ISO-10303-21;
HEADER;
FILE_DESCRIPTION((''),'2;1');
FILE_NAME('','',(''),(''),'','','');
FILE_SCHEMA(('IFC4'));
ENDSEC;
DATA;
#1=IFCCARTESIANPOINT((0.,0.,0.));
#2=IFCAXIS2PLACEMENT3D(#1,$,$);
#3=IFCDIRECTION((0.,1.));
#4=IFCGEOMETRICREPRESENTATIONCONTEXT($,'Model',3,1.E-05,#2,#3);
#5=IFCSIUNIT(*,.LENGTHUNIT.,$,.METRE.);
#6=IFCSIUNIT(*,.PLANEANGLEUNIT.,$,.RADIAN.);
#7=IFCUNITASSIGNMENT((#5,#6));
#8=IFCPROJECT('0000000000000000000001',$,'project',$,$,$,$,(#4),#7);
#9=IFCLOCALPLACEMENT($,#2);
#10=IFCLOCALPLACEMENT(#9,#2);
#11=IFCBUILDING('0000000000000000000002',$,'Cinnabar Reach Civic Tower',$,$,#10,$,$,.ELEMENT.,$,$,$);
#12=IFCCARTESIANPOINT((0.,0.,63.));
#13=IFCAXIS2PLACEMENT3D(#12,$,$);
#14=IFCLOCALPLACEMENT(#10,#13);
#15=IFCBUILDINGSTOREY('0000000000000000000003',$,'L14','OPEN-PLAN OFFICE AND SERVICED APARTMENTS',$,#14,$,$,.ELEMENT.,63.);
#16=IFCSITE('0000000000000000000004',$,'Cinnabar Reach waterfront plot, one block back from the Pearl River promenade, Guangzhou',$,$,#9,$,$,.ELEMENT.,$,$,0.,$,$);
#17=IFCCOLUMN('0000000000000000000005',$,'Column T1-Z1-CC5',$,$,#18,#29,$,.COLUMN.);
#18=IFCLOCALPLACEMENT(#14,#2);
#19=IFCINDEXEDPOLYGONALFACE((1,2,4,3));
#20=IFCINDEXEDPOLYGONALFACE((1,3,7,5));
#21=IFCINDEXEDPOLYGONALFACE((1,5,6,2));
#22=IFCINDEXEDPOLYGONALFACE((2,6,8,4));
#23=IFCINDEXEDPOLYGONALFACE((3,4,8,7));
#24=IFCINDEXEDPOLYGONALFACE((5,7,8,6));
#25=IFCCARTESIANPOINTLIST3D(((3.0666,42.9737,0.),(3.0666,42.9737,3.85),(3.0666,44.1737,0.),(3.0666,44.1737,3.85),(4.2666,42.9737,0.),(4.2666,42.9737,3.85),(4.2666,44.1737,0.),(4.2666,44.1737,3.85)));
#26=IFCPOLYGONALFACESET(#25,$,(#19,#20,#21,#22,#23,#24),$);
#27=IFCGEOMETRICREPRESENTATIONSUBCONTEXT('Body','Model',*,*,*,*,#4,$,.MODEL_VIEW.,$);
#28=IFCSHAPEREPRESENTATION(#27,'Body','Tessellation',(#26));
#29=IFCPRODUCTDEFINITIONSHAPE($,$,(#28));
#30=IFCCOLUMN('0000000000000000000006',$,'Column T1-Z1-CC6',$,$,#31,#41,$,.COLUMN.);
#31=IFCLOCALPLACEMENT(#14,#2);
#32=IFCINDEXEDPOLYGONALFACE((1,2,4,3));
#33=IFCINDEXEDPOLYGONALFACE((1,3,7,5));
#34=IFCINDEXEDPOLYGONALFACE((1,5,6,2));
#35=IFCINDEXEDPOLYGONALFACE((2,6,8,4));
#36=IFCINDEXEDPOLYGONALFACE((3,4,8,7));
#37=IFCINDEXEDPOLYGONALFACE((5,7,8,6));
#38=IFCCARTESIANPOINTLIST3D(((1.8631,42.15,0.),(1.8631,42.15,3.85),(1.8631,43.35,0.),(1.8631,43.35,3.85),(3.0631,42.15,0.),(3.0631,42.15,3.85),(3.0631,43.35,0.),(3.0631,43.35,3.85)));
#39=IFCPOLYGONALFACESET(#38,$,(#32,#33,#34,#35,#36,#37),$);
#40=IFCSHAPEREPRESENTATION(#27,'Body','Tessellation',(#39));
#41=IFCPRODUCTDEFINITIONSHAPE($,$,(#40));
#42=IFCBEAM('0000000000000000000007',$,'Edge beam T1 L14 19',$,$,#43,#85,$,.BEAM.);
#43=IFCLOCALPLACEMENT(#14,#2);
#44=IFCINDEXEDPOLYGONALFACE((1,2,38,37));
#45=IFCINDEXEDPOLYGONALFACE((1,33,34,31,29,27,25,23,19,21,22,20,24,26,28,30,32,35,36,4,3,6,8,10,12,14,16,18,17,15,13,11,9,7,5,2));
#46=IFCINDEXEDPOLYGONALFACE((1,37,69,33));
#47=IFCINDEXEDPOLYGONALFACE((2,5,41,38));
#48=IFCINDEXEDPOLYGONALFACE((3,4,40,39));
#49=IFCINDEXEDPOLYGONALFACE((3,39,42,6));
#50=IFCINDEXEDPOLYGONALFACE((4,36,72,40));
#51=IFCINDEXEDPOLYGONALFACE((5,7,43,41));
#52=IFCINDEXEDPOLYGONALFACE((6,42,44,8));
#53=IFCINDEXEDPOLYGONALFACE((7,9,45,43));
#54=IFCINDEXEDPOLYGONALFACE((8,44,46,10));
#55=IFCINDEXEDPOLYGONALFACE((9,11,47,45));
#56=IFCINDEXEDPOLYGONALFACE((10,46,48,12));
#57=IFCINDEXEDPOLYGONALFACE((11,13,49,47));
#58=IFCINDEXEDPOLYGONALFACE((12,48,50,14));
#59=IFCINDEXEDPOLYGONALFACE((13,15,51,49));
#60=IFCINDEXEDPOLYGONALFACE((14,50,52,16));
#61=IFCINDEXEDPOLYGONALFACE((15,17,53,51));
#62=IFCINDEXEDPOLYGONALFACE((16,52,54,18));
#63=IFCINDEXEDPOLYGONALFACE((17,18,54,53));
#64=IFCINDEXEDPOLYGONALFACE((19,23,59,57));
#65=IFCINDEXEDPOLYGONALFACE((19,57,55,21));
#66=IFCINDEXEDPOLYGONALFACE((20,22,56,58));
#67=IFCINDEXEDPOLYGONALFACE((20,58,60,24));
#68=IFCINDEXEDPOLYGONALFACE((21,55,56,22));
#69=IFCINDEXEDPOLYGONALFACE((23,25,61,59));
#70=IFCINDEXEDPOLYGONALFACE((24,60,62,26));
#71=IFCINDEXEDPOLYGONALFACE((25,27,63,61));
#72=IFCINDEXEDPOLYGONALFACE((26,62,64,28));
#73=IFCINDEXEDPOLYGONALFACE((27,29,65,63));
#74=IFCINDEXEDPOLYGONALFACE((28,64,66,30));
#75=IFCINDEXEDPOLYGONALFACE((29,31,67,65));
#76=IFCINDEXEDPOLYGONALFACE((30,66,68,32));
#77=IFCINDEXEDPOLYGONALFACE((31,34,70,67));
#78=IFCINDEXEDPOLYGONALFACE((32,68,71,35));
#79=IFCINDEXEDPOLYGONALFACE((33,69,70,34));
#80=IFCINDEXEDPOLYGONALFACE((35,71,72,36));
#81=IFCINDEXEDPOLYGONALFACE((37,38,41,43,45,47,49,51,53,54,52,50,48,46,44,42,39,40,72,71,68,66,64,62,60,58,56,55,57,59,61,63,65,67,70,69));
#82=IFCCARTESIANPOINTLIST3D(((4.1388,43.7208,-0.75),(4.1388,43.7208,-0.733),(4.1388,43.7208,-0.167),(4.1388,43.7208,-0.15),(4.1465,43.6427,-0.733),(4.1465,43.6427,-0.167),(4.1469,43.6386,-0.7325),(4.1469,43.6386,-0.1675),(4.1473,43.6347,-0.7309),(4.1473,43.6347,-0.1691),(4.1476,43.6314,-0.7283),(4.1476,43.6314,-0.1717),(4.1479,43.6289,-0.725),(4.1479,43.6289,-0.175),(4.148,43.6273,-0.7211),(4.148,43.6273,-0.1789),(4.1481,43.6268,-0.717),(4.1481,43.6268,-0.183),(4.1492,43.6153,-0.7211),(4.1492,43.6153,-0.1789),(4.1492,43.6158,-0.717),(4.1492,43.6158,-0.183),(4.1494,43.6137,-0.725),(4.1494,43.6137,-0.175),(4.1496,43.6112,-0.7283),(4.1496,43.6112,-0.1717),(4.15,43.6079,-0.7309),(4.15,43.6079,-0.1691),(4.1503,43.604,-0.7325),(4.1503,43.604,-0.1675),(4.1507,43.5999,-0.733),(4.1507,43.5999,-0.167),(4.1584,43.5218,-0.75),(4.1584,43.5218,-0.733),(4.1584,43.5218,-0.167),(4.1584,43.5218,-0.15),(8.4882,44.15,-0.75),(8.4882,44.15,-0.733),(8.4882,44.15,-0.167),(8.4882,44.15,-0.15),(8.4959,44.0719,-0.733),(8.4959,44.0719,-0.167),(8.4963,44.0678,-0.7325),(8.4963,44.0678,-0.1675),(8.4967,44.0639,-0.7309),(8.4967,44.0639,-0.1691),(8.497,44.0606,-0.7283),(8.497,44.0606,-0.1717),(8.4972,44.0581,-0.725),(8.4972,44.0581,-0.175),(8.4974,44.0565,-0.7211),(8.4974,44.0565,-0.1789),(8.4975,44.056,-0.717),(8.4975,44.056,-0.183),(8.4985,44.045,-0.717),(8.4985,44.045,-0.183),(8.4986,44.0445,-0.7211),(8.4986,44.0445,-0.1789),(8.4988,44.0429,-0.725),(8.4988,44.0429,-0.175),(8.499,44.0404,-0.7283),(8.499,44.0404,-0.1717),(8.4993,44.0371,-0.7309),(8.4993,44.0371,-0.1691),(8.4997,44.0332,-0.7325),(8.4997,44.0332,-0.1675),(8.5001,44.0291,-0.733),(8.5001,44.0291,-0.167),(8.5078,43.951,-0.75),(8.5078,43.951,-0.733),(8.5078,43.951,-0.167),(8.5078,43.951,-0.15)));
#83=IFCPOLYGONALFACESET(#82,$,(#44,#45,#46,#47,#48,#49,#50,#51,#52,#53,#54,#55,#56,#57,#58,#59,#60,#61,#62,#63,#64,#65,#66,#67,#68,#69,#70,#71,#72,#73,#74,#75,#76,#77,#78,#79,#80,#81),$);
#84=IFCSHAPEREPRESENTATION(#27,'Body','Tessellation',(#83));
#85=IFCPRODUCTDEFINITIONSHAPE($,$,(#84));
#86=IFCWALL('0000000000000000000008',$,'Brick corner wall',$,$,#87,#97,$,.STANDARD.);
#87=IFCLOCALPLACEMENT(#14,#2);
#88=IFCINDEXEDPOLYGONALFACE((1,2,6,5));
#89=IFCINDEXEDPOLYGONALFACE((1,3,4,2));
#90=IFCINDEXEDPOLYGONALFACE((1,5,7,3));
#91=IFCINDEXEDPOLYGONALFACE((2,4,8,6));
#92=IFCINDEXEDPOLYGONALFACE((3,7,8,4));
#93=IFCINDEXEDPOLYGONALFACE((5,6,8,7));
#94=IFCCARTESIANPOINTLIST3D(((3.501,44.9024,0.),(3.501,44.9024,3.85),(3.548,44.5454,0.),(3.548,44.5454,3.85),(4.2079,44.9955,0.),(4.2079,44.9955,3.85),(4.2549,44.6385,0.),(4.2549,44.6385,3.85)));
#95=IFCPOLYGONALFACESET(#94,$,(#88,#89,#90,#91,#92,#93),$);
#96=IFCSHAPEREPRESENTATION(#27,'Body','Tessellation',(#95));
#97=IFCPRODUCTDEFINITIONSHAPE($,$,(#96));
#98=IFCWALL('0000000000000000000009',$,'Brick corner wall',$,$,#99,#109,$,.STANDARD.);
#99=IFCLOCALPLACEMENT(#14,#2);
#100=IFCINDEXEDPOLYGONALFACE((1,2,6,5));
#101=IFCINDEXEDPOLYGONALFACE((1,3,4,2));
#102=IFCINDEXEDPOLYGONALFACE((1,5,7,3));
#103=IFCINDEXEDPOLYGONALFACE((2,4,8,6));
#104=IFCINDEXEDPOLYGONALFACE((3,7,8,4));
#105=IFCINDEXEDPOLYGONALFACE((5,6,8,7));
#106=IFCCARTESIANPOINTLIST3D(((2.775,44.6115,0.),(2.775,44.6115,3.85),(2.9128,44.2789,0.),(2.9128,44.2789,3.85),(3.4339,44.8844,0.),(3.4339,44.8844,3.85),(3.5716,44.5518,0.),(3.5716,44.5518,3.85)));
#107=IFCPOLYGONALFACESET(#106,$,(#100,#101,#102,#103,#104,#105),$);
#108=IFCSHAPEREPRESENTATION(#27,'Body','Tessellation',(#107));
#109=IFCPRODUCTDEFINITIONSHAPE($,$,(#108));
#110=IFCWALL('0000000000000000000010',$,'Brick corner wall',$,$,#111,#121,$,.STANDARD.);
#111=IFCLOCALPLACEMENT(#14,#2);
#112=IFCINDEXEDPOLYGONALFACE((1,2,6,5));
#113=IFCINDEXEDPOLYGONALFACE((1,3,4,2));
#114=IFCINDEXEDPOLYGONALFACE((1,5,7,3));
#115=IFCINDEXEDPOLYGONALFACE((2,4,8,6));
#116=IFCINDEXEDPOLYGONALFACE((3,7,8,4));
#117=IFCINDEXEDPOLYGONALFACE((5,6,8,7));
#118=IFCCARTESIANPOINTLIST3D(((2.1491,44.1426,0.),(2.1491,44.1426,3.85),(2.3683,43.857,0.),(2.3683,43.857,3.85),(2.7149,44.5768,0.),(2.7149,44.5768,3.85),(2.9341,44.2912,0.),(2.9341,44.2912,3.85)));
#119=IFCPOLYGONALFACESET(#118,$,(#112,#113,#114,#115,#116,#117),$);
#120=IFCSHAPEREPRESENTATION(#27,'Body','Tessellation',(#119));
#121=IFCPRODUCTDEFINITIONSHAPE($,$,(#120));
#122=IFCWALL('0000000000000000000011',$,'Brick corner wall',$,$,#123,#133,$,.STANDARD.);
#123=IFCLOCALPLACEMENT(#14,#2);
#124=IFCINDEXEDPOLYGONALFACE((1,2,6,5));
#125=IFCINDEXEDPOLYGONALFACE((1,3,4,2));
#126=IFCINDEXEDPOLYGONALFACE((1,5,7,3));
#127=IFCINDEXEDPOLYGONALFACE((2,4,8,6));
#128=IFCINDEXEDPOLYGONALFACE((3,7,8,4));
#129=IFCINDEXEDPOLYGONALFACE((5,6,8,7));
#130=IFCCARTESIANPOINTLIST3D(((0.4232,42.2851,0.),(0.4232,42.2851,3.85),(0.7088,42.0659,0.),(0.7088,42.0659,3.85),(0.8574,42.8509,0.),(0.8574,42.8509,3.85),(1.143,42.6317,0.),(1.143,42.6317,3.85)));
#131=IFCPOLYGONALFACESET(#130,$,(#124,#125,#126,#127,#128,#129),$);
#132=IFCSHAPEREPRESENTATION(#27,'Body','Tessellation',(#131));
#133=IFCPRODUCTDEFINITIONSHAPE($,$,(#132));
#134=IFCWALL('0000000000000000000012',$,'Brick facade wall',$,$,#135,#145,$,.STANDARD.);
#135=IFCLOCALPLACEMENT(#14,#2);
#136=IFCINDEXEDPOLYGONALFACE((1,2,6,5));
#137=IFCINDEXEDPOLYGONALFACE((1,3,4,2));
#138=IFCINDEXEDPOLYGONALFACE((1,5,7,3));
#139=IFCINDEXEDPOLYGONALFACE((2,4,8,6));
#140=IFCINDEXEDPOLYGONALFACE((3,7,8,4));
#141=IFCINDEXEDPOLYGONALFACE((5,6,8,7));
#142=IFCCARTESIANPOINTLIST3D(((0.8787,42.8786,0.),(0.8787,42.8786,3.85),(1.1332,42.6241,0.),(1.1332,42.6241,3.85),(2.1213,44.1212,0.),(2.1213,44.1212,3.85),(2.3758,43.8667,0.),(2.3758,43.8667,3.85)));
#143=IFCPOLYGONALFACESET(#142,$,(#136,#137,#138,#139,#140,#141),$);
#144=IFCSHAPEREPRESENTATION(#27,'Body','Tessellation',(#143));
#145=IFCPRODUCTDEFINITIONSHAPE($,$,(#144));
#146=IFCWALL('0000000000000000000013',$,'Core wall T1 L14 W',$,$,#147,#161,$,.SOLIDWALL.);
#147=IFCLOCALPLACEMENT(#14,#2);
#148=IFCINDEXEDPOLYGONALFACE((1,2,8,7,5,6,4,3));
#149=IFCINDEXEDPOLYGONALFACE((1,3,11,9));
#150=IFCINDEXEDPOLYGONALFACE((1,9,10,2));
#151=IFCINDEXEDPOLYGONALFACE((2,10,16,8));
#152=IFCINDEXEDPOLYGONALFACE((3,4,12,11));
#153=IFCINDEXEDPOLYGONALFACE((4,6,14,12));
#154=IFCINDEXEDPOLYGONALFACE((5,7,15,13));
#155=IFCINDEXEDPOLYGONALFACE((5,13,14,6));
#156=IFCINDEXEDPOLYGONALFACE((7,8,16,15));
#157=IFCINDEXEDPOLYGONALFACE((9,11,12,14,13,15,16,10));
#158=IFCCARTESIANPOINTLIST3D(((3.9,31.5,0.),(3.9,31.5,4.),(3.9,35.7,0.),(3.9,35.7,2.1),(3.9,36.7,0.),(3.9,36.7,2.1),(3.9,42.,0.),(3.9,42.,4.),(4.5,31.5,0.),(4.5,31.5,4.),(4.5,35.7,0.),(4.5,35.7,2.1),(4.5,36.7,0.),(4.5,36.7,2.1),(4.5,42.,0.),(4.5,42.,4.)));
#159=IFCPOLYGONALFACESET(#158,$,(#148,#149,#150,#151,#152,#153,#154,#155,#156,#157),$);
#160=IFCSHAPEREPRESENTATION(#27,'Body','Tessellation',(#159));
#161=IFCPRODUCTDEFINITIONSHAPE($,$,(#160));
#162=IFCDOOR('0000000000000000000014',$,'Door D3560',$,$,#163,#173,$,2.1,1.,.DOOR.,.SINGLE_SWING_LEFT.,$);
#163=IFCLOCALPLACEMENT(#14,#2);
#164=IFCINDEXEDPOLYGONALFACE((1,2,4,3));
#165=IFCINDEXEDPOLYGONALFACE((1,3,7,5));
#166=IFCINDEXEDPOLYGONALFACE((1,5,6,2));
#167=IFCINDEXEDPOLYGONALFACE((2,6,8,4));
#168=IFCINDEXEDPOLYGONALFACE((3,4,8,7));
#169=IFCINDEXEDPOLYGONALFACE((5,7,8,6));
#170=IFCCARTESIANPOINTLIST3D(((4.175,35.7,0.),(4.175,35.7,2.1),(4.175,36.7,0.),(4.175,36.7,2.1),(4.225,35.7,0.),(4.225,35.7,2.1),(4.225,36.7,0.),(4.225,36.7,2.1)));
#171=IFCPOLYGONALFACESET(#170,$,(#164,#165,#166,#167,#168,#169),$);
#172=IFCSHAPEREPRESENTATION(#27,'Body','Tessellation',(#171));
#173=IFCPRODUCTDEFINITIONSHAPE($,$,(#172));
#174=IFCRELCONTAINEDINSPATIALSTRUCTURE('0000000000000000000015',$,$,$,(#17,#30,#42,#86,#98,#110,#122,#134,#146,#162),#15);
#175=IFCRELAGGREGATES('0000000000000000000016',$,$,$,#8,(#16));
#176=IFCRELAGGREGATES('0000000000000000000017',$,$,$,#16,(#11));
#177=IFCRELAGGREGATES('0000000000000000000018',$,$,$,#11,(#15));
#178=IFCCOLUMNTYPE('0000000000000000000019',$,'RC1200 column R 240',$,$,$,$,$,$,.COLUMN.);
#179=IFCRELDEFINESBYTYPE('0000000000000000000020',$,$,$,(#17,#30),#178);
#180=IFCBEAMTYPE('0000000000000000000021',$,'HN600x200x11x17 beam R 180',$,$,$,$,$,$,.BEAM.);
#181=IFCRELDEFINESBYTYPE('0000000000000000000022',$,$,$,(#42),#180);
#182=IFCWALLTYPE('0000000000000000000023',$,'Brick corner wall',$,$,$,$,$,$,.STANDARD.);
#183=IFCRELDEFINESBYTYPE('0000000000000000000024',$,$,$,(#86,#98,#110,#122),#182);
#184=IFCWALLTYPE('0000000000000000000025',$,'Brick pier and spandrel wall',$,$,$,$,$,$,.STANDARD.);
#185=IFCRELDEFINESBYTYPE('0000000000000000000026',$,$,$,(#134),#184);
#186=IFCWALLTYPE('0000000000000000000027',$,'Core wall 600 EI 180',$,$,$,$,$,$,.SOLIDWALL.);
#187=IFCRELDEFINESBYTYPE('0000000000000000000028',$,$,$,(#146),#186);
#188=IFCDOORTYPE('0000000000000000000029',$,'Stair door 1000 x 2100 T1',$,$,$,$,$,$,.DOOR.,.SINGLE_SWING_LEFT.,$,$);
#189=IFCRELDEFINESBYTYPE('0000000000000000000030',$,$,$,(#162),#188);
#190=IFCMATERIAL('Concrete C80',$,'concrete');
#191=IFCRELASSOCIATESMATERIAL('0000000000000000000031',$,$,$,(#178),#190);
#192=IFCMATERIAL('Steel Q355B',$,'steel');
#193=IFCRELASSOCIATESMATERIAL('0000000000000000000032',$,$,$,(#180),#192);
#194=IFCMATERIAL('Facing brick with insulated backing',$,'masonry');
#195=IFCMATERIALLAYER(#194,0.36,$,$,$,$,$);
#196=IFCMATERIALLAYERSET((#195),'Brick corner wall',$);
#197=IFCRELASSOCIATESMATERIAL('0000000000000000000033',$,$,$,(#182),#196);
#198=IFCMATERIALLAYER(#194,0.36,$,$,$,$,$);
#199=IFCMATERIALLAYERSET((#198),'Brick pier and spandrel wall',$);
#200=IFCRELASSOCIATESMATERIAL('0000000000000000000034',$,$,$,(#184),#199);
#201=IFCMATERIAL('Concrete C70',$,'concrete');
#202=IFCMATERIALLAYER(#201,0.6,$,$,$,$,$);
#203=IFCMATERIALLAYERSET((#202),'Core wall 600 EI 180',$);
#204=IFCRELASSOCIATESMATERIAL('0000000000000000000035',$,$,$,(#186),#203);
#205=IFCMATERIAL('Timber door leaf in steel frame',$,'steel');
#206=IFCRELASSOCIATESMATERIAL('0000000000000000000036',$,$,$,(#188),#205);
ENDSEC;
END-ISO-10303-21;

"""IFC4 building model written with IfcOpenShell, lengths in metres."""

from ifc_helpers import new_model, si_unit, direction, frame, frame_2d, origin, origin_2d, place, context, subcontext, project, spatial, rectangle, i_section, extrude, material, layer, layer_set, material_profile, profile_set, type_object, element, fill, save


model = new_model("IFC4")

# Units and contexts
model_context = context("Model", 3, precision=1e-05, world=origin(), true_north=direction((0.0, 1.0)))
body_context = subcontext(model_context, "Body", "Model", "MODEL_VIEW")
ifc_project = project(units=[si_unit("LENGTHUNIT", "METRE"), si_unit("PLANEANGLEUNIT", "RADIAN")], contexts=[model_context])

# Site, building, storey
site_placement = place(None, origin())
site = spatial("IfcSite", under=ifc_project, at=site_placement, Name="Cinnabar Reach waterfront plot, one block back from the Pearl River promenade, Guangzhou", CompositionType="ELEMENT", RefElevation=0.0)
building_placement = place(site_placement, origin())
building = spatial("IfcBuilding", under=site, at=building_placement, Name="Cinnabar Reach Civic Tower", CompositionType="ELEMENT")
storey_placement = place(building_placement, frame((0.0, 0.0, 63.0)))
storey = spatial("IfcBuildingStorey", under=building, at=storey_placement, Name="L14", Description="OPEN-PLAN OFFICE AND SERVICED APARTMENTS", CompositionType="ELEMENT", Elevation=63.0)

# Columns
ifc_material_1 = material(Name="Concrete C80", Category="concrete")
ifc_material_profile_1 = material_profile(ifc_material_1, rectangle(XDim=1.2, YDim=1.2, at=origin_2d()), Name="RC1200")
ifc_profile_set_1 = profile_set([ifc_material_profile_1], Name="Concrete C80")
column_type = type_object("IfcColumnType", Name="RC1200 column R 240", PredefinedType="COLUMN", material=ifc_profile_set_1)
for number, where, z_axis, x_axis, name in (
    (1, (3.6666, 43.5737, 0.0), (0.0, 0.0, 1.0), (1.0, 0.0, 0.0), "Column T1-Z1-CC5"),
    (2, (2.4631, 42.75, 0.0), (0.0, 0.0, 1.0), (1.0, 0.0, 0.0), "Column T1-Z1-CC6"),
):
    element("IfcColumn", number, at=place(storey_placement, frame(where, z_axis=z_axis, x_axis=x_axis)), inside=storey, type_object=column_type, Name=name, PredefinedType="COLUMN", context=body_context, shape_type="SweptSolid", body=[
        extrude(rectangle(XDim=1.2, YDim=1.2, at=origin_2d()), origin(), (0.0, 0.0, 1.0), 3.85),
    ])

# Beam
ifc_material_2 = material(Name="Steel Q355B", Category="steel")
ifc_material_profile_2 = material_profile(ifc_material_2, i_section(OverallWidth=0.2, OverallDepth=0.6, WebThickness=0.011, FlangeThickness=0.017, FilletRadius=0.016, at=origin_2d()), Name="HN600x200x11x17")
ifc_profile_set_2 = profile_set([ifc_material_profile_2], Name="Steel Q355B")
beam_type = type_object("IfcBeamType", Name="HN600x200x11x17 beam R 180", PredefinedType="BEAM", material=ifc_profile_set_2)
beam_placement = place(storey_placement, frame((8.498, 44.0505, -0.45), z_axis=(-0.995166, -0.098203, 0.0), x_axis=(0.098203, -0.995166, 0.0)))
element("IfcBeam", 3, at=beam_placement, inside=storey, type_object=beam_type, Name="Edge beam T1 L14 19", PredefinedType="BEAM", context=body_context, shape_type="SweptSolid", body=[
    extrude(i_section(OverallWidth=0.2, OverallDepth=0.6, WebThickness=0.011, FlangeThickness=0.017, FilletRadius=0.016, at=origin_2d()), origin(), (0.0, 0.0, 1.0), 4.3705),
])

# Walls
ifc_material_3 = material(Name="Facing brick with insulated backing", Category="masonry")
ifc_layer_1 = layer(ifc_material_3, 0.36)
ifc_layer_set_1 = layer_set([ifc_layer_1], Name="Brick corner wall")
wall_type_1 = type_object("IfcWallType", Name="Brick corner wall", PredefinedType="STANDARD", material=ifc_layer_set_1)
for number, where, z_axis, x_axis, name in (
    (4, (4.2314, 44.817, 0.0), (0.0, 0.0, 1.0), (-0.991441, -0.130556, 0.0), "Brick corner wall"),
    (5, (3.5027, 44.7181, 0.0), (0.0, 0.0, 1.0), (-0.923872, -0.382703, 0.0), "Brick corner wall"),
):
    element("IfcWall", number, at=place(storey_placement, frame(where, z_axis=z_axis, x_axis=x_axis)), inside=storey, type_object=wall_type_1, Name=name, PredefinedType="STANDARD", context=body_context, shape_type="SweptSolid", body=[
        extrude(rectangle(XDim=0.7131, YDim=0.36, at=frame_2d((0.3565, 0.0))), origin(), (0.0, 0.0, 1.0), 3.85),
    ])
for number, where, z_axis, x_axis, name in (
    (6, (2.8245, 44.434, 0.0), (0.0, 0.0, 1.0), (-0.793322, -0.608802, 0.0), "Brick corner wall"),
    (7, (1.0002, 42.7413, 0.0), (0.0, 0.0, 1.0), (-0.608802, -0.793322, 0.0), "Brick corner wall"),
):
    element("IfcWall", number, at=place(storey_placement, frame(where, z_axis=z_axis, x_axis=x_axis)), inside=storey, type_object=wall_type_1, Name=name, PredefinedType="STANDARD", context=body_context, shape_type="SweptSolid", body=[
        extrude(rectangle(XDim=0.7132, YDim=0.36, at=frame_2d((0.3566, 0.0))), origin(), (0.0, 0.0, 1.0), 3.85),
    ])
ifc_layer_2 = layer(ifc_material_3, 0.36)
ifc_layer_set_2 = layer_set([ifc_layer_2], Name="Brick pier and spandrel wall")
wall_type_2 = type_object("IfcWallType", Name="Brick pier and spandrel wall", PredefinedType="STANDARD", material=ifc_layer_set_2)
wall_1_placement = place(storey_placement, frame((2.2486, 43.994, 0.0), z_axis=(0.0, 0.0, 1.0), x_axis=(-0.707107, -0.707107, 0.0)))
element("IfcWall", 8, at=wall_1_placement, inside=storey, type_object=wall_type_2, Name="Brick facade wall", PredefinedType="STANDARD", context=body_context, shape_type="SweptSolid", body=[
    extrude(rectangle(XDim=1.7573, YDim=0.36, at=frame_2d((0.8787, 0.0))), origin(), (0.0, 0.0, 1.0), 3.85),
])

# Wall, opening, door
ifc_material_4 = material(Name="Concrete C70", Category="concrete")
ifc_layer_3 = layer(ifc_material_4, 0.6)
ifc_layer_set_3 = layer_set([ifc_layer_3], Name="Core wall 600 EI 180")
wall_type_3 = type_object("IfcWallType", Name="Core wall 600 EI 180", PredefinedType="SOLIDWALL", material=ifc_layer_set_3)
wall_2_placement = place(storey_placement, frame((4.2, 42.0, 0.0), z_axis=(0.0, 0.0, 1.0), x_axis=(0.0, -1.0, 0.0)))
wall_2 = element("IfcWall", 9, at=wall_2_placement, inside=storey, type_object=wall_type_3, Name="Core wall T1 L14 W", PredefinedType="SOLIDWALL", context=body_context, shape_type="SweptSolid", body=[
    extrude(rectangle(XDim=10.5, YDim=0.6, at=frame_2d((5.25, 0.0))), origin(), (0.0, 0.0, 1.0), 4.0),
])
opening_1_placement = place(wall_2_placement, frame((5.3, 0.0, 0.0)))
opening_1 = element("IfcOpeningElement", 10, at=opening_1_placement, cuts=wall_2, PredefinedType="OPENING", context=body_context, shape_type="SweptSolid", body=[
    extrude(rectangle(XDim=1.0, YDim=2.1, at=frame_2d((0.5, 1.05))), frame((0.0, 0.31, 0.0), z_axis=(0.0, -1.0, 0.0), x_axis=(1.0, 0.0, 0.0)), (0.0, 0.0, 1.0), 0.62),
])
ifc_material_5 = material(Name="Timber door leaf in steel frame", Category="steel")
door_type_1 = type_object("IfcDoorType", Name="Stair door 1000 x 2100 T1", OperationType="SINGLE_SWING_LEFT", PredefinedType="DOOR", material=ifc_material_5)
door_1_placement = place(opening_1_placement, frame((1.0, 0.0, 0.0), z_axis=(0.0, 0.0, 1.0), x_axis=(-1.0, 0.0, 0.0)))
door_1 = element("IfcDoor", 11, at=door_1_placement, inside=storey, type_object=door_type_1, Name="Door D3560", OperationType="SINGLE_SWING_LEFT", OverallHeight=2.1, OverallWidth=1.0, PredefinedType="DOOR", context=body_context, shape_type="SweptSolid", body=[
    extrude(rectangle(XDim=1.0, YDim=2.1, at=frame_2d((0.5, 1.05))), frame((0.0, 0.025, 0.0), z_axis=(0.0, -1.0, 0.0), x_axis=(1.0, 0.0, 0.0)), (0.0, 0.0, 1.0), 0.05),
])
fill(opening_1, door_1)

save(model, "model.ifc")
